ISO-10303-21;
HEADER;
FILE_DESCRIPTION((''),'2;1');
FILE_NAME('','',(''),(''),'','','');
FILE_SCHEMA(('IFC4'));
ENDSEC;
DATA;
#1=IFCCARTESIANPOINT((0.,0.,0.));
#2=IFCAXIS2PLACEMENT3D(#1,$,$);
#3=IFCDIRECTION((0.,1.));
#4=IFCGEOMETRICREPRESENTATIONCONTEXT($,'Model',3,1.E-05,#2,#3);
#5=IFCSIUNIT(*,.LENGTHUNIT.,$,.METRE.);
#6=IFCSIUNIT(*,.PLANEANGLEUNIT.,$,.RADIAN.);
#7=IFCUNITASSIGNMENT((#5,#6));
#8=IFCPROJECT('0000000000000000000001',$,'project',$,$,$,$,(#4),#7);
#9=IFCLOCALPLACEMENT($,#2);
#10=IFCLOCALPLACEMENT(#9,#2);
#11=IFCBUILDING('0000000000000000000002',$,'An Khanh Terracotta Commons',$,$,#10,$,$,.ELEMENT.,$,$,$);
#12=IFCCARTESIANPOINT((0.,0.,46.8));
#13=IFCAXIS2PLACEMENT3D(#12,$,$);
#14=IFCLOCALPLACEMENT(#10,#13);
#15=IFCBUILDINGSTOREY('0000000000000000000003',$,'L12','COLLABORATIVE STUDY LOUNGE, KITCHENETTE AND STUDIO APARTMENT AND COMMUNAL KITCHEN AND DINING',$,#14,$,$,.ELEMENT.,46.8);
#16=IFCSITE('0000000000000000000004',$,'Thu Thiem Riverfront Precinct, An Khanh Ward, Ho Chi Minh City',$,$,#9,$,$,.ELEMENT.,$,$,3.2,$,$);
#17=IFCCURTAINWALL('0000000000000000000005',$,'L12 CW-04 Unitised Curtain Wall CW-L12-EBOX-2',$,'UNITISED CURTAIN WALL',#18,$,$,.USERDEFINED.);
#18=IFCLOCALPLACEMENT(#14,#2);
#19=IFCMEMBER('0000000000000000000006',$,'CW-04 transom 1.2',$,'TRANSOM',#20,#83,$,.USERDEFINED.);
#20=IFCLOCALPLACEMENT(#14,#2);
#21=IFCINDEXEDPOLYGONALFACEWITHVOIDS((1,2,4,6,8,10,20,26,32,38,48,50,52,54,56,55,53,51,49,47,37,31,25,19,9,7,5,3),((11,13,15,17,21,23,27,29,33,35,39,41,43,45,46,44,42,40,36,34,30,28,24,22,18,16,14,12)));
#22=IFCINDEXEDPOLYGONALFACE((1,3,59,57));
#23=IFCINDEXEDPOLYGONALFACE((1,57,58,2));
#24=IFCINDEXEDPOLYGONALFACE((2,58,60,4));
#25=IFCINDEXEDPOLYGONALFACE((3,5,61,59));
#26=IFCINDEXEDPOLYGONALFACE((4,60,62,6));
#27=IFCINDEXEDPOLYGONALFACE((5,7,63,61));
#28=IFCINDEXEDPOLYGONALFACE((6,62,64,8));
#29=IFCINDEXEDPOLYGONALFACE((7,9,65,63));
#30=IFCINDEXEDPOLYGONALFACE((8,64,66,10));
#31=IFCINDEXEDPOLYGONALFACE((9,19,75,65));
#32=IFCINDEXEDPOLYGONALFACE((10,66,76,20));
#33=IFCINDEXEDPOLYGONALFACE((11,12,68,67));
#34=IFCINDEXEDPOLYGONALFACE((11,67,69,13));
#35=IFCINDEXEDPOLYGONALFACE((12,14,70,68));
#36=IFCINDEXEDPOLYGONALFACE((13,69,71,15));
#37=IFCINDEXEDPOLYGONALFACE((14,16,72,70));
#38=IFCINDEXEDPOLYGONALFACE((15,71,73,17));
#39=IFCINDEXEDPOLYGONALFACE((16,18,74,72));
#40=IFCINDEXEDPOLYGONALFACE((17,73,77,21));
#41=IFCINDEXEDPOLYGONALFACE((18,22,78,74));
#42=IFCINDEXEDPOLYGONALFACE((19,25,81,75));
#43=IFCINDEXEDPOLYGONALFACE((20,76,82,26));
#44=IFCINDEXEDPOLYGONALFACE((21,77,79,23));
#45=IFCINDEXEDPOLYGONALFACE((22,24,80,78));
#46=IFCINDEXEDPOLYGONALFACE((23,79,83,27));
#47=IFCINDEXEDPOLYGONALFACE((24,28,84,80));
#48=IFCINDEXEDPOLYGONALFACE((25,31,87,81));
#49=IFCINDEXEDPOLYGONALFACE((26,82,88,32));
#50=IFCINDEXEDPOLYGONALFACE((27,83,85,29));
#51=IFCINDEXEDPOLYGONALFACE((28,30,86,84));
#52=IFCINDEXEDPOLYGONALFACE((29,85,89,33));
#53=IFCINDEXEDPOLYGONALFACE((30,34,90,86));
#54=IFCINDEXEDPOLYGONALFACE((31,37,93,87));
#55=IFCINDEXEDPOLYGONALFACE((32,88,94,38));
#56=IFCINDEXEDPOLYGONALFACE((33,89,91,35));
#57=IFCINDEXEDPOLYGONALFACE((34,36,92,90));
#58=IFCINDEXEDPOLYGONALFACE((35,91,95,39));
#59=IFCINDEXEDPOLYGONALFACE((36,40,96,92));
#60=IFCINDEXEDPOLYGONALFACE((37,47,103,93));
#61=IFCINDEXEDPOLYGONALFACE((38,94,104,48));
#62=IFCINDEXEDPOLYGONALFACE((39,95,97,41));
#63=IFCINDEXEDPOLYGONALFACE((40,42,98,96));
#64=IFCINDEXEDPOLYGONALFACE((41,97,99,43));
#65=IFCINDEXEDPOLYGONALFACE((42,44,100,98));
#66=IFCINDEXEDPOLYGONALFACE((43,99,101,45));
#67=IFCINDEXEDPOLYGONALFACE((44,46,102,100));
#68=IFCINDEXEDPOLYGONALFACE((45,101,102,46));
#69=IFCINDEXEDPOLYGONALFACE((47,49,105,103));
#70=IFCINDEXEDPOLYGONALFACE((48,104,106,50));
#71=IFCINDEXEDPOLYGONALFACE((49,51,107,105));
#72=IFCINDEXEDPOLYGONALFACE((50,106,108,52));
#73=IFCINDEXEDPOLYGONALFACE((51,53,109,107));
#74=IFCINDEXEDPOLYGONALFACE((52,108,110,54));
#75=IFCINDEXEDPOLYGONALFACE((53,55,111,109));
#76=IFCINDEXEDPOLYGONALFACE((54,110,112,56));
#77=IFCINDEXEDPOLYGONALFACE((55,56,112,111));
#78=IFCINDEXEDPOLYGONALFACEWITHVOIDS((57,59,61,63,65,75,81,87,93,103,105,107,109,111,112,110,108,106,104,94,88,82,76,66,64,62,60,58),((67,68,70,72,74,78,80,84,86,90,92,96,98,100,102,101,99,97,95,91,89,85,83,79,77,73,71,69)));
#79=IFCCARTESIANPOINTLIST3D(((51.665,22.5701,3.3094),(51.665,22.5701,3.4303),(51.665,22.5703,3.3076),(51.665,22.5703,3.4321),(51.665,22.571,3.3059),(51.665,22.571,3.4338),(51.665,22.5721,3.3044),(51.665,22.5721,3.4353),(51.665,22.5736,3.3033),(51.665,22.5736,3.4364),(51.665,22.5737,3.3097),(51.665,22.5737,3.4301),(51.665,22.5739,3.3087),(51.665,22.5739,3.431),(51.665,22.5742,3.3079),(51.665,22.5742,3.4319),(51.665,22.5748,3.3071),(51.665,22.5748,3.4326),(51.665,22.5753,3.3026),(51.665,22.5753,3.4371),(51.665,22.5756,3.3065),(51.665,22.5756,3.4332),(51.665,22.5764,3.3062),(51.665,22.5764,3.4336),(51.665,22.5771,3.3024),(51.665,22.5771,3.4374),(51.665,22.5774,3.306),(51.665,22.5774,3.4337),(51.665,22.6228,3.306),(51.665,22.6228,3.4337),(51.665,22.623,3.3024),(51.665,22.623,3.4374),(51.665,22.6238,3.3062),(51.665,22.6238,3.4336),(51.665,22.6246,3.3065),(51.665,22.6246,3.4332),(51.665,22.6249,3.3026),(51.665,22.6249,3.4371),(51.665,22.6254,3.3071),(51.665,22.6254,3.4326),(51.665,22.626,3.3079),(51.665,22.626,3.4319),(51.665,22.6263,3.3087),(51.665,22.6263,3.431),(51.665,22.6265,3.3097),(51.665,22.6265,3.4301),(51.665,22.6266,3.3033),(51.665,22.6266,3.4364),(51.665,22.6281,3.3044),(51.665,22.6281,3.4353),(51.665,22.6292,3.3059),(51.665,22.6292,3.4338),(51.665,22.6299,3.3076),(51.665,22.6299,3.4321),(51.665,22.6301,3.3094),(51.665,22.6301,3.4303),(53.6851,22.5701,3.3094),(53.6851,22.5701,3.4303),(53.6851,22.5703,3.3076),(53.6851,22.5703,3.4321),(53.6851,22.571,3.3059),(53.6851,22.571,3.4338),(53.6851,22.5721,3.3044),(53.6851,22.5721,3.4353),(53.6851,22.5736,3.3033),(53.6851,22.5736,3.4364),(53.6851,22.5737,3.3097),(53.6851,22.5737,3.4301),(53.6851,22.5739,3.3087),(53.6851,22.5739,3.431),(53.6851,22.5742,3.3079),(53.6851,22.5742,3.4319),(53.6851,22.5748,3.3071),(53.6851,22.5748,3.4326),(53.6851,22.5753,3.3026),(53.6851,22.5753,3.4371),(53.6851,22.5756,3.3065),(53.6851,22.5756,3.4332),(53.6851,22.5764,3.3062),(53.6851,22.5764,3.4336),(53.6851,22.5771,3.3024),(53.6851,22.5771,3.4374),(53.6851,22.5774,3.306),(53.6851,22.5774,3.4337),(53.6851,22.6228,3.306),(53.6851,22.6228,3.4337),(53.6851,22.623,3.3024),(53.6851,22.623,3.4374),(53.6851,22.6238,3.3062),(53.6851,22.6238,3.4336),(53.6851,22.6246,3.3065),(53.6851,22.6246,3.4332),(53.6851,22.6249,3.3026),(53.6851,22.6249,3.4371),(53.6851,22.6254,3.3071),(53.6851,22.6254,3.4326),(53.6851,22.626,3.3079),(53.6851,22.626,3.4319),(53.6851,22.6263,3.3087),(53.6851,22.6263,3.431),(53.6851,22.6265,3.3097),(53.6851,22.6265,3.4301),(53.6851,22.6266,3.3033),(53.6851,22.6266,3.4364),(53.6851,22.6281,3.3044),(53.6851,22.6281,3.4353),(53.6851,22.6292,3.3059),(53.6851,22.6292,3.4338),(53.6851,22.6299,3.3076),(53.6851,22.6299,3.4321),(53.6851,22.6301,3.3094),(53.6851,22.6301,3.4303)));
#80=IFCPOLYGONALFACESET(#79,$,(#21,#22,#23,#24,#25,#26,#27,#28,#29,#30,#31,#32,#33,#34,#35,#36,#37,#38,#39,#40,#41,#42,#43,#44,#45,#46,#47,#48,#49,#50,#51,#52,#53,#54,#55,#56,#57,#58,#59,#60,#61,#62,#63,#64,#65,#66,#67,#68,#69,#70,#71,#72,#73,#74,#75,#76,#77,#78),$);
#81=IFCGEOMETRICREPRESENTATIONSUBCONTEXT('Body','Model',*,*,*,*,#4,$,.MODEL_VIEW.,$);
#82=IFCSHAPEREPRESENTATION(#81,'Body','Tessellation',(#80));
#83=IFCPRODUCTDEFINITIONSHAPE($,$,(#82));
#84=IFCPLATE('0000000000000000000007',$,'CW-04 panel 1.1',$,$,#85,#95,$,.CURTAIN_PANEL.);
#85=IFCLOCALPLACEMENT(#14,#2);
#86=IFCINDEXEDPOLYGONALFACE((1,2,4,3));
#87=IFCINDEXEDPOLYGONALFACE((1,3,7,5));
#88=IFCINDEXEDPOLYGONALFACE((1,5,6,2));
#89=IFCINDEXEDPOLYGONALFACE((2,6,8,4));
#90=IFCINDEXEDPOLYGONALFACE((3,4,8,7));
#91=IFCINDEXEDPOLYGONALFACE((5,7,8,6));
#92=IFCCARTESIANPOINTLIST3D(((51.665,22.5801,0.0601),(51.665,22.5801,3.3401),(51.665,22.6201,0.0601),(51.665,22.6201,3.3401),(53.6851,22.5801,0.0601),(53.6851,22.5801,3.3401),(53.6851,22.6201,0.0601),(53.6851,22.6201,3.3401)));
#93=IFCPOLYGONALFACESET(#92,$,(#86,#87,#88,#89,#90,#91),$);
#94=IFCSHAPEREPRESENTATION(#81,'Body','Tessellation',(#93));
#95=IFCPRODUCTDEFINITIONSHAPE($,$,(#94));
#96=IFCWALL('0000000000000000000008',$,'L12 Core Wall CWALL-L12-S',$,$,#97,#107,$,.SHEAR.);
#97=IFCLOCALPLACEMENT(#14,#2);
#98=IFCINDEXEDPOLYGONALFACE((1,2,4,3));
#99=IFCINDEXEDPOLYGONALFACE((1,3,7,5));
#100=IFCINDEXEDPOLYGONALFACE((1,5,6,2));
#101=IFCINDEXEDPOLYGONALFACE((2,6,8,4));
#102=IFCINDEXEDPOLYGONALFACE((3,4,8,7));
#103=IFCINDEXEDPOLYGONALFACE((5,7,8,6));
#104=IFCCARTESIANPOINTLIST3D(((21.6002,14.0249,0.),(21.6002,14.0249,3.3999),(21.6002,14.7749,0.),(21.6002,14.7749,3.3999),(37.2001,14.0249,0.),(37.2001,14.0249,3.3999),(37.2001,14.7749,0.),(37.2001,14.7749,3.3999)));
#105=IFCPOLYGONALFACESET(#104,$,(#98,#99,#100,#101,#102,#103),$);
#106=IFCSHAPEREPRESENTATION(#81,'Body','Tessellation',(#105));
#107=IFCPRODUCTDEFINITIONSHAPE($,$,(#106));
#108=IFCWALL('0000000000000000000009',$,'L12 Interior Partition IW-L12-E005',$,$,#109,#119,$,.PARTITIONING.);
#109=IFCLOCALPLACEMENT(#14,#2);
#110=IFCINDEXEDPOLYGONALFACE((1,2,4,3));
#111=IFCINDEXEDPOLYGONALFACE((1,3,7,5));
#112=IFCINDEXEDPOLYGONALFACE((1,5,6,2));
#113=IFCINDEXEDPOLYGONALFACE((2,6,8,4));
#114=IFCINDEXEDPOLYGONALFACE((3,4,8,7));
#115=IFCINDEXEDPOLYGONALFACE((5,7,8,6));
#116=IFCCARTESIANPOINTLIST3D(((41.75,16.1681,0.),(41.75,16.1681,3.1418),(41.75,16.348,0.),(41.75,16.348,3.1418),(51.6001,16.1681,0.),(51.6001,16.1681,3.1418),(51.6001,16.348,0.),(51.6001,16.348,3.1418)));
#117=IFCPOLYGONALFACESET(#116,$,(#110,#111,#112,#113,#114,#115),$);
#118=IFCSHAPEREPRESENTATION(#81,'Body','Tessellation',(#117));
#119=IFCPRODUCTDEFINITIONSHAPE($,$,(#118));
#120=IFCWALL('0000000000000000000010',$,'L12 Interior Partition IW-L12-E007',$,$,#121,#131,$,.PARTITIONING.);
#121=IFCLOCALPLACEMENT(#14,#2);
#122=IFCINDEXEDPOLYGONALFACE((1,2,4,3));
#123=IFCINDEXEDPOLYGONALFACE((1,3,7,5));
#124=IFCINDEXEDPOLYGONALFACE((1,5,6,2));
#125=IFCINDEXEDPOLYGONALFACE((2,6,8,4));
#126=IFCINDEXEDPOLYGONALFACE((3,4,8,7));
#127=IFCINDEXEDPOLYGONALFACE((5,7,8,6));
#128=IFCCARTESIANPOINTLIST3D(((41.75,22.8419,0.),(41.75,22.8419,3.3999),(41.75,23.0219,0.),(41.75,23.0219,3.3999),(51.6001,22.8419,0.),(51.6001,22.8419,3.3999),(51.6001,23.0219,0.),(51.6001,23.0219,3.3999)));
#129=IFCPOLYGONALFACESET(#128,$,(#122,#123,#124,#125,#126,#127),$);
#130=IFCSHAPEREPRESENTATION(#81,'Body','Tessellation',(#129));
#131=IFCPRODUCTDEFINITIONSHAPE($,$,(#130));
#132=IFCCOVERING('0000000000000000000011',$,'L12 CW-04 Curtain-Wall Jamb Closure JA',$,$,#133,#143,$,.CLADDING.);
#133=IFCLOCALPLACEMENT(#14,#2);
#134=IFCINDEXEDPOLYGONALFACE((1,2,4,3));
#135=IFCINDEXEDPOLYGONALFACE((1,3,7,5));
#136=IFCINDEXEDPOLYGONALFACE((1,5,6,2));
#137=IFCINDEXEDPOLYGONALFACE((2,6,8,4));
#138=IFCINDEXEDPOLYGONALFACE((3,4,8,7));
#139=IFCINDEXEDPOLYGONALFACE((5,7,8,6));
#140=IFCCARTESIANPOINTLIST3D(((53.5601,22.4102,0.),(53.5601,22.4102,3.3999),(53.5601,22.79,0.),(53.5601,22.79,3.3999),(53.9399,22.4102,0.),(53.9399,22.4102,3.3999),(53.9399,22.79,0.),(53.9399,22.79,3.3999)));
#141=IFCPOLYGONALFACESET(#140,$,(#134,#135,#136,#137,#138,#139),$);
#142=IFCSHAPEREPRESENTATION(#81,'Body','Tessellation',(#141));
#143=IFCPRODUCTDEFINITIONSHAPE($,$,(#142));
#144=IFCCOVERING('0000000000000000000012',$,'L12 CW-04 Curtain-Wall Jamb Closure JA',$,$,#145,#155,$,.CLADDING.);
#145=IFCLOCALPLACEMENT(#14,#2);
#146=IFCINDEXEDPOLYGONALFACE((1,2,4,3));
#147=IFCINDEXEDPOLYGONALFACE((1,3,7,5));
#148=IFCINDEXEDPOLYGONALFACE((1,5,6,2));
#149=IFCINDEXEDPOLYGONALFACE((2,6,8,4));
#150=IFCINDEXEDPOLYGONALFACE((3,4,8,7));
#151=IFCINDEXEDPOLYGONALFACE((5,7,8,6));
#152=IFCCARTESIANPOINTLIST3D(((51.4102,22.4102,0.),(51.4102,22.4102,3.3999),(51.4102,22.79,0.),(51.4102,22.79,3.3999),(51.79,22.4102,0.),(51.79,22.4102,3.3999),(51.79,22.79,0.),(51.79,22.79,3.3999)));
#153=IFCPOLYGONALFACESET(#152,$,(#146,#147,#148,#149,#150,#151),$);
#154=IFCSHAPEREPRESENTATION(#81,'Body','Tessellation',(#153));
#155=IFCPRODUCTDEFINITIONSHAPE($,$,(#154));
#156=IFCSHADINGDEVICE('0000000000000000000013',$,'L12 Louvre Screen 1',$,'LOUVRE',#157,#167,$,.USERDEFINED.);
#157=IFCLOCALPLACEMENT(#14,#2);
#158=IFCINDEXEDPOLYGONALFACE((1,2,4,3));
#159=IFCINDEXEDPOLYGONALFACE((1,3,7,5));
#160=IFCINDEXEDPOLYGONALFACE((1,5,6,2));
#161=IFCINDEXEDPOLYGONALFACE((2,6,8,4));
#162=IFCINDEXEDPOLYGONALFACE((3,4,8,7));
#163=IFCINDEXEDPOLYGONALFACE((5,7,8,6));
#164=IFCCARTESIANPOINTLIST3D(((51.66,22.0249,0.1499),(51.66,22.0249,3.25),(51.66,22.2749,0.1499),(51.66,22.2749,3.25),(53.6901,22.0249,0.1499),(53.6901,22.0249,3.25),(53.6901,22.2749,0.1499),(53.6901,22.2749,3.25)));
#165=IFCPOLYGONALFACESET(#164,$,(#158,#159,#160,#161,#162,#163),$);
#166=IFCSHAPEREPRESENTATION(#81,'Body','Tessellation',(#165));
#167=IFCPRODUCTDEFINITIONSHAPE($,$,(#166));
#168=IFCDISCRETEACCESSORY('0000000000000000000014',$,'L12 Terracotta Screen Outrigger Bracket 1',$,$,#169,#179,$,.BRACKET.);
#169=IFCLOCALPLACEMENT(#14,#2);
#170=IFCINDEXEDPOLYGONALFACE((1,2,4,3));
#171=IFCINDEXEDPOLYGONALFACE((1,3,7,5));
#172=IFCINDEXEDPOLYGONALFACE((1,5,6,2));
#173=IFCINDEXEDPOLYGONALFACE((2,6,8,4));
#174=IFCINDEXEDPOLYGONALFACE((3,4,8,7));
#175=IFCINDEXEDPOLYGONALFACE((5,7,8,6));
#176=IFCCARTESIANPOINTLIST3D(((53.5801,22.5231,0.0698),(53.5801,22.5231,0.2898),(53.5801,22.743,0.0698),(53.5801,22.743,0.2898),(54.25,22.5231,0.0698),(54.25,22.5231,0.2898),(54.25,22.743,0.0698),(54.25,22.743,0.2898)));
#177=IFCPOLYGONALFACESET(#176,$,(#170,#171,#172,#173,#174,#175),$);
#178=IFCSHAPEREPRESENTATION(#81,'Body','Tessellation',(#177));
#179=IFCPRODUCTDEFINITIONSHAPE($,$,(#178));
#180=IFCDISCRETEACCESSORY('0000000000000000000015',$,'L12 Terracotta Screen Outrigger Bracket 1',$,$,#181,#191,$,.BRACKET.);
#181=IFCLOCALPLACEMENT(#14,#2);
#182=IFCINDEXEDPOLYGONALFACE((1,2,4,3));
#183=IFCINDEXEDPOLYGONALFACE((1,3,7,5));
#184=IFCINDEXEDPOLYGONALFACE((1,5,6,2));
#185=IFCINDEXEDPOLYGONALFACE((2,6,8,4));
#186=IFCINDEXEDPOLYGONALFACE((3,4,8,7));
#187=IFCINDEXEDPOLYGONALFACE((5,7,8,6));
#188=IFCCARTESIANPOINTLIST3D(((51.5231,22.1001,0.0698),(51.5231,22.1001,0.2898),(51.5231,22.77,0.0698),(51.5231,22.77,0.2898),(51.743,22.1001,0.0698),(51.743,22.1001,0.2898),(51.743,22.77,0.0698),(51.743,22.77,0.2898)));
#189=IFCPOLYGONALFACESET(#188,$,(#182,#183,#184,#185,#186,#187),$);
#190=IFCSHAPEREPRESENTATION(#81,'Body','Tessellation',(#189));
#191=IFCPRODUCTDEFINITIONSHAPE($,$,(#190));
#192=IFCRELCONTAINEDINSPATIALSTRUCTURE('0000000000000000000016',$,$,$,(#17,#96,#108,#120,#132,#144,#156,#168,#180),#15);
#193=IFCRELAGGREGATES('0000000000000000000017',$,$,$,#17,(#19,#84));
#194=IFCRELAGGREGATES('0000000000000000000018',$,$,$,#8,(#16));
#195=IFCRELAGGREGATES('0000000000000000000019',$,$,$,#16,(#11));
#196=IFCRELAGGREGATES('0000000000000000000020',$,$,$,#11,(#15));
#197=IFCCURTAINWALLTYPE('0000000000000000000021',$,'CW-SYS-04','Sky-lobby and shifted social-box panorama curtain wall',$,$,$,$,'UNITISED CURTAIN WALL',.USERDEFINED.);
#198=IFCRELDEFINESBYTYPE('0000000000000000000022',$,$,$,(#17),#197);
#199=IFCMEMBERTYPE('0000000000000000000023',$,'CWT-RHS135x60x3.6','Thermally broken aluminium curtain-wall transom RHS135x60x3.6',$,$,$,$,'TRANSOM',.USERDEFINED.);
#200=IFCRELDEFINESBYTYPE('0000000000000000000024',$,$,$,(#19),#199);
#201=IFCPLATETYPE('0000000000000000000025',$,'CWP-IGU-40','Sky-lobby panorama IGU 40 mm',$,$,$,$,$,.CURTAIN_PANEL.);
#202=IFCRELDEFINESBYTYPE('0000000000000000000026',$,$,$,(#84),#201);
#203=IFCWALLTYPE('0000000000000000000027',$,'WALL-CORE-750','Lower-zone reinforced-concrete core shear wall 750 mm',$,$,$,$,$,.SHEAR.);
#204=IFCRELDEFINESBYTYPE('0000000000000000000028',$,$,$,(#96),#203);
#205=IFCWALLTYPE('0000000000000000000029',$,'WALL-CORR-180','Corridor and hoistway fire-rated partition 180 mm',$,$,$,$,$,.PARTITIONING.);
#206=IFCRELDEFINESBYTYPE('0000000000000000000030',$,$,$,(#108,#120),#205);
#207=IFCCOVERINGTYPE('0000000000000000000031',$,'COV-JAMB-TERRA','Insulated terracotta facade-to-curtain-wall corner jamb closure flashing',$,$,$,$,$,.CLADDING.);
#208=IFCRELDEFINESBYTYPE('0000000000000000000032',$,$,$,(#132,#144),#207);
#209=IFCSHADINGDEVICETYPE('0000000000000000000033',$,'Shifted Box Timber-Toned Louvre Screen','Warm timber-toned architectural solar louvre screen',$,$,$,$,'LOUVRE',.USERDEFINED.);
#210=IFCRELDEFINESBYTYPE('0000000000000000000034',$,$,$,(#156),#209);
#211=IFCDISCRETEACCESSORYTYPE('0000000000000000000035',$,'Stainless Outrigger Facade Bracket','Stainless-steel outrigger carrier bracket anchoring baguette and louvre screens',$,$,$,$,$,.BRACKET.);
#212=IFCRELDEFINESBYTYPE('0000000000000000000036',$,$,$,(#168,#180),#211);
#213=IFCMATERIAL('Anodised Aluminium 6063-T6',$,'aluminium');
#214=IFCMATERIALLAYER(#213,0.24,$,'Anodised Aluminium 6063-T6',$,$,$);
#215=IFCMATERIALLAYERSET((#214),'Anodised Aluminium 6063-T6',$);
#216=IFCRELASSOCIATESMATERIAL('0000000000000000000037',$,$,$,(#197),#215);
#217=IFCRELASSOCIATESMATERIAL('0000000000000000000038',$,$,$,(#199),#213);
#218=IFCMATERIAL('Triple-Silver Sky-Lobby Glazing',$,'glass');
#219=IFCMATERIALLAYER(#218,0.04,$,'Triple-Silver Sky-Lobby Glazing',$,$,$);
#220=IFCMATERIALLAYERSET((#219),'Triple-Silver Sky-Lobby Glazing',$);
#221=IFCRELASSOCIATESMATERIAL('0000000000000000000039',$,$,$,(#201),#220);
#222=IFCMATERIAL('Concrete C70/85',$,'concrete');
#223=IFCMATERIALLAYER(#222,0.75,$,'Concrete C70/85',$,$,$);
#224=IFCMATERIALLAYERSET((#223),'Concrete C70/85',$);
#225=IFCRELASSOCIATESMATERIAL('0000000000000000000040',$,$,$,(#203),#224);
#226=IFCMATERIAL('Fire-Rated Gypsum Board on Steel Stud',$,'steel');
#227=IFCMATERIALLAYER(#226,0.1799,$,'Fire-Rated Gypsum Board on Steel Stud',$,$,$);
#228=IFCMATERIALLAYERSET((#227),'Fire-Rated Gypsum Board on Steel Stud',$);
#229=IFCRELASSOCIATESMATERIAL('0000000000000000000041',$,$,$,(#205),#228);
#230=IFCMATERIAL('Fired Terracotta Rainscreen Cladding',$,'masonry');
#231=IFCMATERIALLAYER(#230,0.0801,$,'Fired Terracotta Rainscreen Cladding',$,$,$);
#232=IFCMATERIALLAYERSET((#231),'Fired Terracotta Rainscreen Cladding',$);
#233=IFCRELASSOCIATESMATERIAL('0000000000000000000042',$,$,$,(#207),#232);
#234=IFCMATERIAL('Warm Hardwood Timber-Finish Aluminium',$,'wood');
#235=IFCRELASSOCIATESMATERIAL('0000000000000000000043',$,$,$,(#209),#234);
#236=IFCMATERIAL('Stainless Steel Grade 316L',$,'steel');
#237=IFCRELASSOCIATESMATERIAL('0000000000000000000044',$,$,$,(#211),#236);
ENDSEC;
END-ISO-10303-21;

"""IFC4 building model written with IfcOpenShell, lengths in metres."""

from ifc_helpers import new_model, si_unit, direction, frame, frame_2d, origin, origin_2d, place, context, subcontext, project, spatial, rectangle, hollow_rectangle, extrude, material, layer, layer_set, material_profile, profile_set, type_object, element, aggregate, save


model = new_model("IFC4")

# Units and contexts
model_context = context("Model", 3, precision=1e-05, world=origin(), true_north=direction((0.0, 1.0)))
body_context = subcontext(model_context, "Body", "Model", "MODEL_VIEW")
ifc_project = project(units=[si_unit("LENGTHUNIT", "METRE"), si_unit("PLANEANGLEUNIT", "RADIAN")], contexts=[model_context])

# Site, building, storey
site_placement = place(None, origin())
site = spatial("IfcSite", under=ifc_project, at=site_placement, Name="Thu Thiem Riverfront Precinct, An Khanh Ward, Ho Chi Minh City", CompositionType="ELEMENT", RefElevation=3.2)
building_placement = place(site_placement, origin())
building = spatial("IfcBuilding", under=site, at=building_placement, Name="An Khanh Terracotta Commons", CompositionType="ELEMENT")
storey_placement = place(building_placement, frame((0.0, 0.0, 46.8)))
storey = spatial("IfcBuildingStorey", under=building, at=storey_placement, Name="L12", Description="COLLABORATIVE STUDY LOUNGE, KITCHENETTE AND STUDIO APARTMENT AND COMMUNAL KITCHEN AND DINING", CompositionType="ELEMENT", Elevation=46.8)

# Shared definitions
ifc_material_1 = material(Name="Concrete C70/85", Category="concrete")

# Shared definitions
ifc_material_2 = material(Name="Anodised Aluminium 6063-T6", Category="aluminium")
ifc_layer_1 = layer(ifc_material_2, 0.24, Name="Anodised Aluminium 6063-T6")
ifc_layer_set_1 = layer_set([ifc_layer_1], Name="Anodised Aluminium 6063-T6")
curtain_wall_type = type_object("IfcCurtainWallType", Name="CW-SYS-04", Description="Sky-lobby and shifted social-box panorama curtain wall", ElementType="UNITISED CURTAIN WALL", PredefinedType="USERDEFINED", material=ifc_layer_set_1)

# Curtain wall
curtain_wall_1_placement = place(storey_placement, origin())
curtain_wall_1 = element("IfcCurtainWall", 1, at=curtain_wall_1_placement, inside=storey, type_object=curtain_wall_type, Name="L12 CW-04 Unitised Curtain Wall CW-L12-EBOX-2", ObjectType="UNITISED CURTAIN WALL", PredefinedType="USERDEFINED")

# Member
ifc_material_profile_1 = material_profile(ifc_material_2, hollow_rectangle(XDim=0.0601, YDim=0.135, WallThickness=0.0037, InnerFilletRadius=0.0037, OuterFilletRadius=0.0071, at=origin_2d()), Name="RHS135x60x3.6")
ifc_profile_set_1 = profile_set([ifc_material_profile_1], Name="Anodised Aluminium 6063-T6")
member_type_1 = type_object("IfcMemberType", Name="CWT-RHS135x60x3.6", Description="Thermally broken aluminium curtain-wall transom RHS135x60x3.6", ElementType="TRANSOM", PredefinedType="USERDEFINED", material=ifc_profile_set_1)
member_1_placement = place(storey_placement, frame((51.665, 22.6001, 3.3699), z_axis=(1.0, 0.0, 0.0), x_axis=(0.0, 1.0, 0.0)))
member_1 = element("IfcMember", 2, at=member_1_placement, type_object=member_type_1, Name="CW-04 transom 1.2", ObjectType="TRANSOM", PredefinedType="USERDEFINED", context=body_context, shape_type="SweptSolid", body=[
    extrude(hollow_rectangle(XDim=0.0601, YDim=0.135, WallThickness=0.0037, InnerFilletRadius=0.0037, OuterFilletRadius=0.0071, at=origin_2d()), origin(), (0.0, 0.0, 1.0), 2.02),
])

# Plate
ifc_material_3 = material(Name="Triple-Silver Sky-Lobby Glazing", Category="glass")
ifc_layer_2 = layer(ifc_material_3, 0.04, Name="Triple-Silver Sky-Lobby Glazing")
ifc_layer_set_2 = layer_set([ifc_layer_2], Name="Triple-Silver Sky-Lobby Glazing")
plate_type = type_object("IfcPlateType", Name="CWP-IGU-40", Description="Sky-lobby panorama IGU 40 mm", PredefinedType="CURTAIN_PANEL", material=ifc_layer_set_2)
plate_placement = place(storey_placement, frame((52.675, 22.6001, 0.0601), z_axis=(0.0, 0.0, 1.0), x_axis=(1.0, 0.0, 0.0)))
plate = element("IfcPlate", 3, at=plate_placement, type_object=plate_type, Name="CW-04 panel 1.1", PredefinedType="CURTAIN_PANEL", context=body_context, shape_type="SweptSolid", body=[
    extrude(rectangle(XDim=2.02, YDim=0.04, at=origin_2d()), origin(), (0.0, 0.0, 1.0), 3.28),
])
aggregate(curtain_wall_1, [member_1, plate])

# Wall
ifc_layer_3 = layer(ifc_material_1, 0.75, Name="Concrete C70/85")
ifc_layer_set_3 = layer_set([ifc_layer_3], Name="Concrete C70/85")
wall_type_1 = type_object("IfcWallType", Name="WALL-CORE-750", Description="Lower-zone reinforced-concrete core shear wall 750 mm", PredefinedType="SHEAR", material=ifc_layer_set_3)
wall_1_placement = place(storey_placement, frame((37.2, 14.3999, 0.0), z_axis=(0.0, 0.0, 1.0), x_axis=(-1.0, 0.0, 0.0)))
element("IfcWall", 4, at=wall_1_placement, inside=storey, type_object=wall_type_1, Name="L12 Core Wall CWALL-L12-S", PredefinedType="SHEAR", context=body_context, shape_type="SweptSolid", body=[
    extrude(rectangle(XDim=15.5999, YDim=0.75, at=frame_2d((7.7998, 0.0))), origin(), (0.0, 0.0, 1.0), 3.3999),
])

# Walls
ifc_material_4 = material(Name="Fire-Rated Gypsum Board on Steel Stud", Category="steel")
ifc_layer_4 = layer(ifc_material_4, 0.1799, Name="Fire-Rated Gypsum Board on Steel Stud")
ifc_layer_set_4 = layer_set([ifc_layer_4], Name="Fire-Rated Gypsum Board on Steel Stud")
wall_type_2 = type_object("IfcWallType", Name="WALL-CORR-180", Description="Corridor and hoistway fire-rated partition 180 mm", PredefinedType="PARTITIONING", material=ifc_layer_set_4)
wall_2_placement = place(storey_placement, frame((41.75, 16.2581, 0.0), z_axis=(0.0, 0.0, 1.0), x_axis=(1.0, 0.0, 0.0)))
element("IfcWall", 5, at=wall_2_placement, inside=storey, type_object=wall_type_2, Name="L12 Interior Partition IW-L12-E005", PredefinedType="PARTITIONING", context=body_context, shape_type="SweptSolid", body=[
    extrude(rectangle(XDim=9.8501, YDim=0.1799, at=frame_2d((4.925, 0.0))), origin(), (0.0, 0.0, 1.0), 3.1418),
])
wall_3_placement = place(storey_placement, frame((41.75, 22.9319, 0.0), z_axis=(0.0, 0.0, 1.0), x_axis=(1.0, 0.0, 0.0)))
element("IfcWall", 6, at=wall_3_placement, inside=storey, type_object=wall_type_2, Name="L12 Interior Partition IW-L12-E007", PredefinedType="PARTITIONING", context=body_context, shape_type="SweptSolid", body=[
    extrude(rectangle(XDim=9.8501, YDim=0.1799, at=frame_2d((4.925, 0.0))), origin(), (0.0, 0.0, 1.0), 3.3999),
])

# Coverings
ifc_material_5 = material(Name="Fired Terracotta Rainscreen Cladding", Category="masonry")
ifc_layer_5 = layer(ifc_material_5, 0.0801, Name="Fired Terracotta Rainscreen Cladding")
ifc_layer_set_5 = layer_set([ifc_layer_5], Name="Fired Terracotta Rainscreen Cladding")
covering_type = type_object("IfcCoveringType", Name="COV-JAMB-TERRA", Description="Insulated terracotta facade-to-curtain-wall corner jamb closure flashing", PredefinedType="CLADDING", material=ifc_layer_set_5)
for number, where, z_axis, x_axis, name in (
    (7, (53.75, 22.6001, 0.0), (0.0, 0.0, 1.0), (1.0, 0.0, 0.0), "L12 CW-04 Curtain-Wall Jamb Closure JA"),
    (8, (51.6001, 22.6001, 0.0), (0.0, 0.0, 1.0), (1.0, 0.0, 0.0), "L12 CW-04 Curtain-Wall Jamb Closure JA"),
):
    element("IfcCovering", number, at=place(storey_placement, frame(where, z_axis=z_axis, x_axis=x_axis)), inside=storey, type_object=covering_type, Name=name, PredefinedType="CLADDING", context=body_context, shape_type="SweptSolid", body=[
        extrude(rectangle(XDim=0.3799, YDim=0.3799, at=origin_2d()), origin(), (0.0, 0.0, 1.0), 3.3999),
    ])

# Shading device
ifc_material_6 = material(Name="Warm Hardwood Timber-Finish Aluminium", Category="wood")
shading_device_type = type_object("IfcShadingDeviceType", Name="Shifted Box Timber-Toned Louvre Screen", Description="Warm timber-toned architectural solar louvre screen", ElementType="LOUVRE", PredefinedType="USERDEFINED", material=ifc_material_6)
shading_device_placement = place(storey_placement, frame((52.675, 22.1499, 0.1499), z_axis=(0.0, 0.0, 1.0), x_axis=(1.0, 0.0, 0.0)))
element("IfcShadingDevice", 9, at=shading_device_placement, inside=storey, type_object=shading_device_type, Name="L12 Louvre Screen 1", ObjectType="LOUVRE", PredefinedType="USERDEFINED", context=body_context, shape_type="SweptSolid", body=[
    extrude(rectangle(XDim=2.03, YDim=0.25, at=origin_2d()), origin(), (0.0, 0.0, 1.0), 3.1001),
])

# Discrete accessories
ifc_material_7 = material(Name="Stainless Steel Grade 316L", Category="steel")
discrete_accessory_type = type_object("IfcDiscreteAccessoryType", Name="Stainless Outrigger Facade Bracket", Description="Stainless-steel outrigger carrier bracket anchoring baguette and louvre screens", PredefinedType="BRACKET", material=ifc_material_7)
for number, where, z_axis, x_axis, name in (
    (10, (53.915, 22.6331, 0.0698), (0.0, 0.0, 1.0), (0.0, 1.0, 0.0), "L12 Terracotta Screen Outrigger Bracket 1"),
    (11, (51.6331, 22.4351, 0.0698), (0.0, 0.0, 1.0), (1.0, 0.0, 0.0), "L12 Terracotta Screen Outrigger Bracket 1"),
):
    element("IfcDiscreteAccessory", number, at=place(storey_placement, frame(where, z_axis=z_axis, x_axis=x_axis)), inside=storey, type_object=discrete_accessory_type, Name=name, PredefinedType="BRACKET", context=body_context, shape_type="SweptSolid", body=[
        extrude(rectangle(XDim=0.22, YDim=0.6699, at=origin_2d()), origin(), (0.0, 0.0, 1.0), 0.22),
    ])

save(model, "model.ifc")
